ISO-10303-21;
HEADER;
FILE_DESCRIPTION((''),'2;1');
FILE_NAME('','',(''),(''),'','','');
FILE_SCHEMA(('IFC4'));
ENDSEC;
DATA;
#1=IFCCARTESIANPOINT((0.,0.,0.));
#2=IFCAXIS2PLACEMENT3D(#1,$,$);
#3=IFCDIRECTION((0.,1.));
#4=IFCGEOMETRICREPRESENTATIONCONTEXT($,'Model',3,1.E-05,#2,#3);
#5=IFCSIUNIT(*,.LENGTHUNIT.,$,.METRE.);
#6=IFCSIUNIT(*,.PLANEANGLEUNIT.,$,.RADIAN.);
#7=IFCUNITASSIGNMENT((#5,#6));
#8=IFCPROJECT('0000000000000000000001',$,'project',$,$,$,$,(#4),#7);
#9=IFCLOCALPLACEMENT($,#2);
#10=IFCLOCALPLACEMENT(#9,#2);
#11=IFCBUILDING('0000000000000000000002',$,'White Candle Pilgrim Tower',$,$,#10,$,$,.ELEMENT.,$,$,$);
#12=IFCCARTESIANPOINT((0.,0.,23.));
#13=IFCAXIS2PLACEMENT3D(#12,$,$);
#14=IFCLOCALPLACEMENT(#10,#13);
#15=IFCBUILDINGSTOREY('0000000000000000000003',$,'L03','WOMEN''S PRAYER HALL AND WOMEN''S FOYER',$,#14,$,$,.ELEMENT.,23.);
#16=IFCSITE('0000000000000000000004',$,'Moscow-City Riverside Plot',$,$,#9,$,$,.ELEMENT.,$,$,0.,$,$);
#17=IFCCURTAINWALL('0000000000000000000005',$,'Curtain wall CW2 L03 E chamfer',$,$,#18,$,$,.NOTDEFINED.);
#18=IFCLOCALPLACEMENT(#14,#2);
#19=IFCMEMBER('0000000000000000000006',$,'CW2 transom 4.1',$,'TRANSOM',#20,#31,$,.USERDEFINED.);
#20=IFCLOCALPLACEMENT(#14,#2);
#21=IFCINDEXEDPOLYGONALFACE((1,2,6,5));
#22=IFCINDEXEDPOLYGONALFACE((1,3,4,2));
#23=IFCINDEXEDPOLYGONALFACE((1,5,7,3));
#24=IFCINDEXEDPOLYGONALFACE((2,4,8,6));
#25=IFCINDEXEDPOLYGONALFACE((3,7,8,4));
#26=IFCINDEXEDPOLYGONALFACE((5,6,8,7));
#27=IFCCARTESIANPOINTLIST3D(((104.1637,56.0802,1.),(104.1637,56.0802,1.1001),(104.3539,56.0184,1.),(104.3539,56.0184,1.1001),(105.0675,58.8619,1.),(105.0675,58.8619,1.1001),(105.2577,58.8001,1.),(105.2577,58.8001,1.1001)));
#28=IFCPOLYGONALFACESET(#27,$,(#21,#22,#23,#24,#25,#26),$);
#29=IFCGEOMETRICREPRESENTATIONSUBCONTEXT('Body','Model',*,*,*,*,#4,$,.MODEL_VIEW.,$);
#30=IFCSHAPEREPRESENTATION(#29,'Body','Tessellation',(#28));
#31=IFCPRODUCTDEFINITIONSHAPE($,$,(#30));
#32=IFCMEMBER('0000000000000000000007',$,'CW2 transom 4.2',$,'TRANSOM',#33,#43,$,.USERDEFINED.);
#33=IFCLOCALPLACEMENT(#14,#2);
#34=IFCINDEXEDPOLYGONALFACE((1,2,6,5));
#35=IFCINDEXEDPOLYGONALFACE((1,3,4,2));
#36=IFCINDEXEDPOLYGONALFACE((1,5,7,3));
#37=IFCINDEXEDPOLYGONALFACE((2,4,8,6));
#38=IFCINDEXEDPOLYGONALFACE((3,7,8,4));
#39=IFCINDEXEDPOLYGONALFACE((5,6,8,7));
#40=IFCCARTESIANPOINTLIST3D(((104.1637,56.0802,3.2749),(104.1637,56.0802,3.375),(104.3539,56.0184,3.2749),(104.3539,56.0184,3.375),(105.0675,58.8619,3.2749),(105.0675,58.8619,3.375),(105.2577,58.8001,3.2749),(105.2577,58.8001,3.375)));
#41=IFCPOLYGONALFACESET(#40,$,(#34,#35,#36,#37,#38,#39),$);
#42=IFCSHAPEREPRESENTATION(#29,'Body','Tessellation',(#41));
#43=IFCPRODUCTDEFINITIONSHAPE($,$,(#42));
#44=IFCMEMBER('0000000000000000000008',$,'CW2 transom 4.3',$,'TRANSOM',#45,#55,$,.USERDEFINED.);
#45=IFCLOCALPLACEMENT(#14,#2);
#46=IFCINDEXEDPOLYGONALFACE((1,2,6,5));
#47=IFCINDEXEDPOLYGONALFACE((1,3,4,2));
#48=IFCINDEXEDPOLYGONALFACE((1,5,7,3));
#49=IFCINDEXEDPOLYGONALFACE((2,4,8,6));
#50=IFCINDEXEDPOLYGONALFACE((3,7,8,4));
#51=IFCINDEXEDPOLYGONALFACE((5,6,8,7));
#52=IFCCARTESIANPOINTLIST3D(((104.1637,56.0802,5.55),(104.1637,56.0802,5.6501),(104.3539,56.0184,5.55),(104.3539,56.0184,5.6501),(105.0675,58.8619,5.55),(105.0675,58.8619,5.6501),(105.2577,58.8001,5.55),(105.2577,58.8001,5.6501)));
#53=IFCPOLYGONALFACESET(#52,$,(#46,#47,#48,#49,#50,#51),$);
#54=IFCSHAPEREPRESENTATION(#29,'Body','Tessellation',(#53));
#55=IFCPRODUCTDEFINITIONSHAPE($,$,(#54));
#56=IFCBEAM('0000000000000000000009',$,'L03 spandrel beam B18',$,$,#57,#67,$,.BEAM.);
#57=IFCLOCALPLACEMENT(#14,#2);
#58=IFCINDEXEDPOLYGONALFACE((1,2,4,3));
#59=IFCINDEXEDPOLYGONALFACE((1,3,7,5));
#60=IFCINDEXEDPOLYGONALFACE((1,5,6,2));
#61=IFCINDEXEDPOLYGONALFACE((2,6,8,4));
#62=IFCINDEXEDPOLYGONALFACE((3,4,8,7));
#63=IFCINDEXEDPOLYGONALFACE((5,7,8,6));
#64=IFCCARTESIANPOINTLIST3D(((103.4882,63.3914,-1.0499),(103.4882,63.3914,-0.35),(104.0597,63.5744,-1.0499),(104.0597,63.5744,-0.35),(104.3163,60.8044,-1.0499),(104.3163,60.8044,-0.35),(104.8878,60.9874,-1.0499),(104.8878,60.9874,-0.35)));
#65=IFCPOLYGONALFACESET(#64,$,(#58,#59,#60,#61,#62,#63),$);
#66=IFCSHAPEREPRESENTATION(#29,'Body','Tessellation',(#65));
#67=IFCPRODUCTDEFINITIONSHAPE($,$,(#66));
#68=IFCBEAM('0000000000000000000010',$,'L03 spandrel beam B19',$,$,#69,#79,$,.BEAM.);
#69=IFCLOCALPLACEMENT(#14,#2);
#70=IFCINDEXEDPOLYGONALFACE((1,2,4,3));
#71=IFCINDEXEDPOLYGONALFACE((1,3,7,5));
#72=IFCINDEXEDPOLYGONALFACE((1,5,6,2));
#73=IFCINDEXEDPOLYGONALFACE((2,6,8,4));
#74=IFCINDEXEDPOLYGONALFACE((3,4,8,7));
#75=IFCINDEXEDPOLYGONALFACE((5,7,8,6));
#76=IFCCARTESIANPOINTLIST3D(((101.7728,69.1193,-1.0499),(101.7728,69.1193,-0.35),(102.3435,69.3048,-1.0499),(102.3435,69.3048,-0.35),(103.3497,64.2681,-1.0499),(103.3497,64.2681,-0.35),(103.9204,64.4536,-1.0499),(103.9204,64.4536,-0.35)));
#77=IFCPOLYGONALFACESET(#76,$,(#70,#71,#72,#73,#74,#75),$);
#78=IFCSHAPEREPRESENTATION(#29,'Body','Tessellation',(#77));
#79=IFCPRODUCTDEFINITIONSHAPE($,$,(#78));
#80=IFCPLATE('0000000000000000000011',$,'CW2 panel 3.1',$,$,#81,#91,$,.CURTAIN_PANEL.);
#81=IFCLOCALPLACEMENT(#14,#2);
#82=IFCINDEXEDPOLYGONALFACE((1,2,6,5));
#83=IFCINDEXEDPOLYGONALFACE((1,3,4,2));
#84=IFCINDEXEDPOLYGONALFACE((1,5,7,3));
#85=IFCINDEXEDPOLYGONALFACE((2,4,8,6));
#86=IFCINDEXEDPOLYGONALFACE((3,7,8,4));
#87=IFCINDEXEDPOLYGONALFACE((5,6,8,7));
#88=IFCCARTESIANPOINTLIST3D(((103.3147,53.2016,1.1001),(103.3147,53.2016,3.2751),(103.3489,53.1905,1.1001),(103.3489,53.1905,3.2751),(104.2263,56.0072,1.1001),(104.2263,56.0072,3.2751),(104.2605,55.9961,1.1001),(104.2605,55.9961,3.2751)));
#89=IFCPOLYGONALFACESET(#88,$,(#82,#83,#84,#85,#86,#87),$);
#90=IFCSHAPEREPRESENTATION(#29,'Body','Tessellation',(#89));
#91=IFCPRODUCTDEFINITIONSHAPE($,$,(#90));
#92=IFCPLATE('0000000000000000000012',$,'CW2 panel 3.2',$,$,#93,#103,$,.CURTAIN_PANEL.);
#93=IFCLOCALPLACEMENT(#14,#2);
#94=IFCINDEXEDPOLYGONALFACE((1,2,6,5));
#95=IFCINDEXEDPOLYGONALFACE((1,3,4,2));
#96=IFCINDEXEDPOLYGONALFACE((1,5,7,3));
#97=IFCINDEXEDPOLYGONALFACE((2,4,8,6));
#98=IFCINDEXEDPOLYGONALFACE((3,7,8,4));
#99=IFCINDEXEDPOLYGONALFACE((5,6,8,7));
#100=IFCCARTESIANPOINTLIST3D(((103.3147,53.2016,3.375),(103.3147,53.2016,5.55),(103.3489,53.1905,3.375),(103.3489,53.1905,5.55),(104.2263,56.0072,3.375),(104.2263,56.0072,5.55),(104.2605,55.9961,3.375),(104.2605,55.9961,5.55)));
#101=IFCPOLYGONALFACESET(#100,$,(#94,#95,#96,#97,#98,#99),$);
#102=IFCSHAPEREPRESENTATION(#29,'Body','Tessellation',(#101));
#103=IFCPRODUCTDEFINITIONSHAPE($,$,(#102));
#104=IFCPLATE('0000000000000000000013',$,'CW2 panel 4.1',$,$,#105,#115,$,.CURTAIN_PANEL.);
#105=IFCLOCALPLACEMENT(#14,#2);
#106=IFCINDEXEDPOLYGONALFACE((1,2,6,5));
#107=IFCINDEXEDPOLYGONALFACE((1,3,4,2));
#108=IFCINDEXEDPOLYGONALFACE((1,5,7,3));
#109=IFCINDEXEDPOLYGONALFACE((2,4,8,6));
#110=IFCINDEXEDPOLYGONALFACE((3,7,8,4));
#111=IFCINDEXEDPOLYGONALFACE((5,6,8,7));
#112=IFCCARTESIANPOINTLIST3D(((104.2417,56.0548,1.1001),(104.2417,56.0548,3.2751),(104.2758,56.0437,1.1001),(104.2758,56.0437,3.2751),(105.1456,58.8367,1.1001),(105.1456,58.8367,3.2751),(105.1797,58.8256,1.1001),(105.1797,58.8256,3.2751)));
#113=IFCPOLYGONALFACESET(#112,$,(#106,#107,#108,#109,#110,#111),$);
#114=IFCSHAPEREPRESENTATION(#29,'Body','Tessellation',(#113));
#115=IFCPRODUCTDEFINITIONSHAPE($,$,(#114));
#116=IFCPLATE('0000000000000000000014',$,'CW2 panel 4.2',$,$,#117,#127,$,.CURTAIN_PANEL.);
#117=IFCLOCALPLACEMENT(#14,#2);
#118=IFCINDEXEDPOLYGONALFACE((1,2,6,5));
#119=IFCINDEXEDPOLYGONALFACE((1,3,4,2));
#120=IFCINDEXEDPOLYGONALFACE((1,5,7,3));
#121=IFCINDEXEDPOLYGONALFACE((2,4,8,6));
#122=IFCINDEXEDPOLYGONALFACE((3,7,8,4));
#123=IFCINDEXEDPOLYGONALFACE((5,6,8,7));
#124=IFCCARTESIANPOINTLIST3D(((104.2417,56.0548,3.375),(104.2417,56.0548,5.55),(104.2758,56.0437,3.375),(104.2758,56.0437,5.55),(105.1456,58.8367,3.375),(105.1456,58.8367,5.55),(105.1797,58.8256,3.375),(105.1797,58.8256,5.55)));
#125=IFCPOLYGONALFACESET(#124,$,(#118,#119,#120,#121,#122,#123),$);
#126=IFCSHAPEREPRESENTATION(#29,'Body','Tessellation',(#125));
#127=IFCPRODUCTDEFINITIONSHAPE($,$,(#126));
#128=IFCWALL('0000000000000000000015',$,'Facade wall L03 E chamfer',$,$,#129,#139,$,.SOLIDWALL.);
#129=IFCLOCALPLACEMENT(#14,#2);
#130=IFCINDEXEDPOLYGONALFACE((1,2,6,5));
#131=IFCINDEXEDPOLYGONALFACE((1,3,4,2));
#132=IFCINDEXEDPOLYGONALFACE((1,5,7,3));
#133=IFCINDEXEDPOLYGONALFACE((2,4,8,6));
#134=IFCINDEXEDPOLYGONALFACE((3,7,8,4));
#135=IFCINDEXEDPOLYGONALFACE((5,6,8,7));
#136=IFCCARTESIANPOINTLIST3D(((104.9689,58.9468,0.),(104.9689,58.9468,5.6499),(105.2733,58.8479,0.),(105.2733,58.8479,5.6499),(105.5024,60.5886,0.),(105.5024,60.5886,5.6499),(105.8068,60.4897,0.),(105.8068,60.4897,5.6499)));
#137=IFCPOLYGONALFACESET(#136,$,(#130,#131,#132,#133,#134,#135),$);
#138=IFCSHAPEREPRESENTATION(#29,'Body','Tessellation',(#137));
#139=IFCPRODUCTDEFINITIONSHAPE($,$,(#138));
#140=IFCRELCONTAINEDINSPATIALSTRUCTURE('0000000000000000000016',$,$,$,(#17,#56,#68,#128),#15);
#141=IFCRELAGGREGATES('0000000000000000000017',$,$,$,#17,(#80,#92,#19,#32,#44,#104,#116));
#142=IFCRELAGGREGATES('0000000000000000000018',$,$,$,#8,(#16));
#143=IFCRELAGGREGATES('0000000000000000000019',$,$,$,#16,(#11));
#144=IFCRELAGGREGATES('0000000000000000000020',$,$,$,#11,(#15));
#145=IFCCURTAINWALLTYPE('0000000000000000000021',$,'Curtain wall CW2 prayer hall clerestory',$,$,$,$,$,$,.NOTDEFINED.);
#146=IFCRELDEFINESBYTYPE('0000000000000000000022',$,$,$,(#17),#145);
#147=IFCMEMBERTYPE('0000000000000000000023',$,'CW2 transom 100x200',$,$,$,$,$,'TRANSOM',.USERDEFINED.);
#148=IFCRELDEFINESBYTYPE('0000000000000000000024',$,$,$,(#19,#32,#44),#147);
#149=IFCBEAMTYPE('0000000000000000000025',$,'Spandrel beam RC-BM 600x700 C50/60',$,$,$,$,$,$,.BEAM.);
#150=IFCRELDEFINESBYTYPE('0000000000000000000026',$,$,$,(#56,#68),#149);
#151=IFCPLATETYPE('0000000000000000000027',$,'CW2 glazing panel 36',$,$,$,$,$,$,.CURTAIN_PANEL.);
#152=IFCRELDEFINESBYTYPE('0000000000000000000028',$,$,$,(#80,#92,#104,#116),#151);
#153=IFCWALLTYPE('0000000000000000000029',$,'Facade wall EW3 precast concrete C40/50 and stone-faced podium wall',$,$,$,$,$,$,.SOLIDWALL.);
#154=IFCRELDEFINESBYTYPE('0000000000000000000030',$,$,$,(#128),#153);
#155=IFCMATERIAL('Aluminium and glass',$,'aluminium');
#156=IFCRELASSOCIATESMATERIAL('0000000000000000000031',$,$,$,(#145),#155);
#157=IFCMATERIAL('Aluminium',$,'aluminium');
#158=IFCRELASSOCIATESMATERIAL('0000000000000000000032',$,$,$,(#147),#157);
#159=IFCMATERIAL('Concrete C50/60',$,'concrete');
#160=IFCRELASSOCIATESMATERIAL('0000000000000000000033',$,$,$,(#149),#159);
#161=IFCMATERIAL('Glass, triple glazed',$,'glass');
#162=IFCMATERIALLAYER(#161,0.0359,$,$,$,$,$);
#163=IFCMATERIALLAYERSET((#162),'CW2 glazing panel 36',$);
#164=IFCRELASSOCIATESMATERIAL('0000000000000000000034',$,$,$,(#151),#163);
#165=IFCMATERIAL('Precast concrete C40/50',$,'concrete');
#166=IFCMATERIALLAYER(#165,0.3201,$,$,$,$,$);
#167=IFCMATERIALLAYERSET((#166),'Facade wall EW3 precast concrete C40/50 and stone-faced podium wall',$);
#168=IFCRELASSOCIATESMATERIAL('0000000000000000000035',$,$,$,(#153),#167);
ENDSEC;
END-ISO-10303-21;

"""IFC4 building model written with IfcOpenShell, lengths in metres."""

from ifc_helpers import new_model, si_unit, direction, frame, frame_2d, origin, origin_2d, place, context, subcontext, project, spatial, rectangle, extrude, material, layer, layer_set, material_profile, profile_set, type_object, element, aggregate, save


model = new_model("IFC4")

# Units and contexts
model_context = context("Model", 3, precision=1e-05, world=origin(), true_north=direction((0.0, 1.0)))
body_context = subcontext(model_context, "Body", "Model", "MODEL_VIEW")
ifc_project = project(units=[si_unit("LENGTHUNIT", "METRE"), si_unit("PLANEANGLEUNIT", "RADIAN")], contexts=[model_context])

# Site, building, storey
site_placement = place(None, origin())
site = spatial("IfcSite", under=ifc_project, at=site_placement, Name="Moscow-City Riverside Plot", CompositionType="ELEMENT", RefElevation=0.0)
building_placement = place(site_placement, origin())
building = spatial("IfcBuilding", under=site, at=building_placement, Name="White Candle Pilgrim Tower", CompositionType="ELEMENT")
storey_placement = place(building_placement, frame((0.0, 0.0, 23.0)))
storey = spatial("IfcBuildingStorey", under=building, at=storey_placement, Name="L03", Description="WOMEN'S PRAYER HALL AND WOMEN'S FOYER", CompositionType="ELEMENT", Elevation=23.0)

# Curtain wall, members
ifc_material_1 = material(Name="Aluminium and glass", Category="aluminium")
curtain_wall_type = type_object("IfcCurtainWallType", Name="Curtain wall CW2 prayer hall clerestory", PredefinedType="NOTDEFINED", material=ifc_material_1)
curtain_wall_placement = place(storey_placement, origin())
curtain_wall = element("IfcCurtainWall", 1, at=curtain_wall_placement, inside=storey, type_object=curtain_wall_type, Name="Curtain wall CW2 L03 E chamfer", PredefinedType="NOTDEFINED")
ifc_material_2 = material(Name="Aluminium", Category="aluminium")
ifc_material_profile_1 = material_profile(ifc_material_2, rectangle(XDim=0.2, YDim=0.1001, at=origin_2d()), Name="CW2 transom 100x200")
ifc_profile_set_1 = profile_set([ifc_material_profile_1], Name="Aluminium")
member_type_1 = type_object("IfcMemberType", Name="CW2 transom 100x200", ElementType="TRANSOM", PredefinedType="USERDEFINED", material=ifc_profile_set_1)
member_1_placement = place(storey_placement, frame((104.2588, 56.0493, 1.05), z_axis=(0.309007, 0.95106, 0.0), x_axis=(-0.95106, 0.309007, 0.0)))
member_1 = element("IfcMember", 2, at=member_1_placement, type_object=member_type_1, Name="CW2 transom 4.1", ObjectType="TRANSOM", PredefinedType="USERDEFINED", context=body_context, shape_type="SweptSolid", body=[
    extrude(rectangle(XDim=0.2, YDim=0.1001, at=origin_2d()), origin(), (0.0, 0.0, 1.0), 2.9248),
])
member_2_placement = place(storey_placement, frame((104.2588, 56.0493, 3.325), z_axis=(0.309007, 0.95106, 0.0), x_axis=(-0.95106, 0.309007, 0.0)))
member_2 = element("IfcMember", 3, at=member_2_placement, type_object=member_type_1, Name="CW2 transom 4.2", ObjectType="TRANSOM", PredefinedType="USERDEFINED", context=body_context, shape_type="SweptSolid", body=[
    extrude(rectangle(XDim=0.2, YDim=0.1001, at=origin_2d()), origin(), (0.0, 0.0, 1.0), 2.9248),
])
member_3_placement = place(storey_placement, frame((104.2588, 56.0493, 5.6001), z_axis=(0.309007, 0.95106, 0.0), x_axis=(-0.95106, 0.309007, 0.0)))
member_3 = element("IfcMember", 4, at=member_3_placement, type_object=member_type_1, Name="CW2 transom 4.3", ObjectType="TRANSOM", PredefinedType="USERDEFINED", context=body_context, shape_type="SweptSolid", body=[
    extrude(rectangle(XDim=0.2, YDim=0.1001, at=origin_2d()), origin(), (0.0, 0.0, 1.0), 2.9248),
])

# Beams
ifc_material_3 = material(Name="Concrete C50/60", Category="concrete")
ifc_material_profile_2 = material_profile(ifc_material_3, rectangle(XDim=0.6001, YDim=0.7, at=origin_2d()), Name="RC-BM 600x700")
ifc_profile_set_2 = profile_set([ifc_material_profile_2], Name="Concrete C50/60")
beam_type = type_object("IfcBeamType", Name="Spandrel beam RC-BM 600x700 C50/60", PredefinedType="BEAM", material=ifc_profile_set_2)
beam_1_placement = place(storey_placement, frame((103.7739, 63.4829, -0.7), z_axis=(0.30488, -0.952391, 0.0), x_axis=(0.952391, 0.30488, 0.0)))
element("IfcBeam", 5, at=beam_1_placement, inside=storey, type_object=beam_type, Name="L03 spandrel beam B18", PredefinedType="BEAM", context=body_context, shape_type="SweptSolid", body=[
    extrude(rectangle(XDim=0.6001, YDim=0.7, at=origin_2d()), origin(), (0.0, 0.0, 1.0), 2.7163),
])
beam_2_placement = place(storey_placement, frame((103.635, 64.3608, -0.7), z_axis=(-0.309126, 0.951021, 0.0), x_axis=(-0.951021, -0.309126, 0.0)))
element("IfcBeam", 6, at=beam_2_placement, inside=storey, type_object=beam_type, Name="L03 spandrel beam B19", PredefinedType="BEAM", context=body_context, shape_type="SweptSolid", body=[
    extrude(rectangle(XDim=0.6001, YDim=0.7, at=origin_2d()), origin(), (0.0, 0.0, 1.0), 5.1011),
])

# Plates
ifc_material_4 = material(Name="Glass, triple glazed", Category="glass")
ifc_layer_1 = layer(ifc_material_4, 0.0359)
ifc_layer_set_1 = layer_set([ifc_layer_1], Name="CW2 glazing panel 36")
plate_type = type_object("IfcPlateType", Name="CW2 glazing panel 36", PredefinedType="CURTAIN_PANEL", material=ifc_layer_set_1)
plate_1_placement = place(storey_placement, frame((103.7876, 54.5989, 1.1001), z_axis=(0.0, 0.0, 1.0), x_axis=(0.309017, 0.951057, 0.0)))
plate_1 = element("IfcPlate", 7, at=plate_1_placement, type_object=plate_type, Name="CW2 panel 3.1", PredefinedType="CURTAIN_PANEL", context=body_context, shape_type="SweptSolid", body=[
    extrude(rectangle(XDim=2.95, YDim=0.0359, at=origin_2d()), origin(), (0.0, 0.0, 1.0), 2.175),
])
plate_2_placement = place(storey_placement, frame((103.7876, 54.5989, 3.375), z_axis=(0.0, 0.0, 1.0), x_axis=(0.309017, 0.951057, 0.0)))
plate_2 = element("IfcPlate", 8, at=plate_2_placement, type_object=plate_type, Name="CW2 panel 3.2", PredefinedType="CURTAIN_PANEL", context=body_context, shape_type="SweptSolid", body=[
    extrude(rectangle(XDim=2.95, YDim=0.0359, at=origin_2d()), origin(), (0.0, 0.0, 1.0), 2.175),
])
plate_3_placement = place(storey_placement, frame((104.7107, 57.4402, 1.1001), z_axis=(0.0, 0.0, 1.0), x_axis=(0.309017, 0.951057, 0.0)))
plate_3 = element("IfcPlate", 9, at=plate_3_placement, type_object=plate_type, Name="CW2 panel 4.1", PredefinedType="CURTAIN_PANEL", context=body_context, shape_type="SweptSolid", body=[
    extrude(rectangle(XDim=2.925, YDim=0.0359, at=origin_2d()), origin(), (0.0, 0.0, 1.0), 2.175),
])
plate_4_placement = place(storey_placement, frame((104.7107, 57.4402, 3.375), z_axis=(0.0, 0.0, 1.0), x_axis=(0.309017, 0.951057, 0.0)))
plate_4 = element("IfcPlate", 10, at=plate_4_placement, type_object=plate_type, Name="CW2 panel 4.2", PredefinedType="CURTAIN_PANEL", context=body_context, shape_type="SweptSolid", body=[
    extrude(rectangle(XDim=2.925, YDim=0.0359, at=origin_2d()), origin(), (0.0, 0.0, 1.0), 2.175),
])
aggregate(curtain_wall, [plate_1, plate_2, member_1, member_2, member_3, plate_3, plate_4])

# Wall
ifc_material_5 = material(Name="Precast concrete C40/50", Category="concrete")
ifc_layer_2 = layer(ifc_material_5, 0.3201)
ifc_layer_set_2 = layer_set([ifc_layer_2], Name="Facade wall EW3 precast concrete C40/50 and stone-faced podium wall")
wall_type_1 = type_object("IfcWallType", Name="Facade wall EW3 precast concrete C40/50 and stone-faced podium wall", PredefinedType="SOLIDWALL", material=ifc_layer_set_2)
wall_1_placement = place(storey_placement, frame((105.1211, 58.8972, 0.0), z_axis=(0.0, 0.0, 1.0), x_axis=(0.309006, 0.95106, 0.0)))
element("IfcWall", 11, at=wall_1_placement, inside=storey, type_object=wall_type_1, Name="Facade wall L03 E chamfer", PredefinedType="SOLIDWALL", context=body_context, shape_type="SweptSolid", body=[
    extrude(rectangle(XDim=1.7263, YDim=0.3201, at=frame_2d((0.8633, 0.0))), origin(), (0.0, 0.0, 1.0), 5.6499),
])

save(model, "model.ifc")
